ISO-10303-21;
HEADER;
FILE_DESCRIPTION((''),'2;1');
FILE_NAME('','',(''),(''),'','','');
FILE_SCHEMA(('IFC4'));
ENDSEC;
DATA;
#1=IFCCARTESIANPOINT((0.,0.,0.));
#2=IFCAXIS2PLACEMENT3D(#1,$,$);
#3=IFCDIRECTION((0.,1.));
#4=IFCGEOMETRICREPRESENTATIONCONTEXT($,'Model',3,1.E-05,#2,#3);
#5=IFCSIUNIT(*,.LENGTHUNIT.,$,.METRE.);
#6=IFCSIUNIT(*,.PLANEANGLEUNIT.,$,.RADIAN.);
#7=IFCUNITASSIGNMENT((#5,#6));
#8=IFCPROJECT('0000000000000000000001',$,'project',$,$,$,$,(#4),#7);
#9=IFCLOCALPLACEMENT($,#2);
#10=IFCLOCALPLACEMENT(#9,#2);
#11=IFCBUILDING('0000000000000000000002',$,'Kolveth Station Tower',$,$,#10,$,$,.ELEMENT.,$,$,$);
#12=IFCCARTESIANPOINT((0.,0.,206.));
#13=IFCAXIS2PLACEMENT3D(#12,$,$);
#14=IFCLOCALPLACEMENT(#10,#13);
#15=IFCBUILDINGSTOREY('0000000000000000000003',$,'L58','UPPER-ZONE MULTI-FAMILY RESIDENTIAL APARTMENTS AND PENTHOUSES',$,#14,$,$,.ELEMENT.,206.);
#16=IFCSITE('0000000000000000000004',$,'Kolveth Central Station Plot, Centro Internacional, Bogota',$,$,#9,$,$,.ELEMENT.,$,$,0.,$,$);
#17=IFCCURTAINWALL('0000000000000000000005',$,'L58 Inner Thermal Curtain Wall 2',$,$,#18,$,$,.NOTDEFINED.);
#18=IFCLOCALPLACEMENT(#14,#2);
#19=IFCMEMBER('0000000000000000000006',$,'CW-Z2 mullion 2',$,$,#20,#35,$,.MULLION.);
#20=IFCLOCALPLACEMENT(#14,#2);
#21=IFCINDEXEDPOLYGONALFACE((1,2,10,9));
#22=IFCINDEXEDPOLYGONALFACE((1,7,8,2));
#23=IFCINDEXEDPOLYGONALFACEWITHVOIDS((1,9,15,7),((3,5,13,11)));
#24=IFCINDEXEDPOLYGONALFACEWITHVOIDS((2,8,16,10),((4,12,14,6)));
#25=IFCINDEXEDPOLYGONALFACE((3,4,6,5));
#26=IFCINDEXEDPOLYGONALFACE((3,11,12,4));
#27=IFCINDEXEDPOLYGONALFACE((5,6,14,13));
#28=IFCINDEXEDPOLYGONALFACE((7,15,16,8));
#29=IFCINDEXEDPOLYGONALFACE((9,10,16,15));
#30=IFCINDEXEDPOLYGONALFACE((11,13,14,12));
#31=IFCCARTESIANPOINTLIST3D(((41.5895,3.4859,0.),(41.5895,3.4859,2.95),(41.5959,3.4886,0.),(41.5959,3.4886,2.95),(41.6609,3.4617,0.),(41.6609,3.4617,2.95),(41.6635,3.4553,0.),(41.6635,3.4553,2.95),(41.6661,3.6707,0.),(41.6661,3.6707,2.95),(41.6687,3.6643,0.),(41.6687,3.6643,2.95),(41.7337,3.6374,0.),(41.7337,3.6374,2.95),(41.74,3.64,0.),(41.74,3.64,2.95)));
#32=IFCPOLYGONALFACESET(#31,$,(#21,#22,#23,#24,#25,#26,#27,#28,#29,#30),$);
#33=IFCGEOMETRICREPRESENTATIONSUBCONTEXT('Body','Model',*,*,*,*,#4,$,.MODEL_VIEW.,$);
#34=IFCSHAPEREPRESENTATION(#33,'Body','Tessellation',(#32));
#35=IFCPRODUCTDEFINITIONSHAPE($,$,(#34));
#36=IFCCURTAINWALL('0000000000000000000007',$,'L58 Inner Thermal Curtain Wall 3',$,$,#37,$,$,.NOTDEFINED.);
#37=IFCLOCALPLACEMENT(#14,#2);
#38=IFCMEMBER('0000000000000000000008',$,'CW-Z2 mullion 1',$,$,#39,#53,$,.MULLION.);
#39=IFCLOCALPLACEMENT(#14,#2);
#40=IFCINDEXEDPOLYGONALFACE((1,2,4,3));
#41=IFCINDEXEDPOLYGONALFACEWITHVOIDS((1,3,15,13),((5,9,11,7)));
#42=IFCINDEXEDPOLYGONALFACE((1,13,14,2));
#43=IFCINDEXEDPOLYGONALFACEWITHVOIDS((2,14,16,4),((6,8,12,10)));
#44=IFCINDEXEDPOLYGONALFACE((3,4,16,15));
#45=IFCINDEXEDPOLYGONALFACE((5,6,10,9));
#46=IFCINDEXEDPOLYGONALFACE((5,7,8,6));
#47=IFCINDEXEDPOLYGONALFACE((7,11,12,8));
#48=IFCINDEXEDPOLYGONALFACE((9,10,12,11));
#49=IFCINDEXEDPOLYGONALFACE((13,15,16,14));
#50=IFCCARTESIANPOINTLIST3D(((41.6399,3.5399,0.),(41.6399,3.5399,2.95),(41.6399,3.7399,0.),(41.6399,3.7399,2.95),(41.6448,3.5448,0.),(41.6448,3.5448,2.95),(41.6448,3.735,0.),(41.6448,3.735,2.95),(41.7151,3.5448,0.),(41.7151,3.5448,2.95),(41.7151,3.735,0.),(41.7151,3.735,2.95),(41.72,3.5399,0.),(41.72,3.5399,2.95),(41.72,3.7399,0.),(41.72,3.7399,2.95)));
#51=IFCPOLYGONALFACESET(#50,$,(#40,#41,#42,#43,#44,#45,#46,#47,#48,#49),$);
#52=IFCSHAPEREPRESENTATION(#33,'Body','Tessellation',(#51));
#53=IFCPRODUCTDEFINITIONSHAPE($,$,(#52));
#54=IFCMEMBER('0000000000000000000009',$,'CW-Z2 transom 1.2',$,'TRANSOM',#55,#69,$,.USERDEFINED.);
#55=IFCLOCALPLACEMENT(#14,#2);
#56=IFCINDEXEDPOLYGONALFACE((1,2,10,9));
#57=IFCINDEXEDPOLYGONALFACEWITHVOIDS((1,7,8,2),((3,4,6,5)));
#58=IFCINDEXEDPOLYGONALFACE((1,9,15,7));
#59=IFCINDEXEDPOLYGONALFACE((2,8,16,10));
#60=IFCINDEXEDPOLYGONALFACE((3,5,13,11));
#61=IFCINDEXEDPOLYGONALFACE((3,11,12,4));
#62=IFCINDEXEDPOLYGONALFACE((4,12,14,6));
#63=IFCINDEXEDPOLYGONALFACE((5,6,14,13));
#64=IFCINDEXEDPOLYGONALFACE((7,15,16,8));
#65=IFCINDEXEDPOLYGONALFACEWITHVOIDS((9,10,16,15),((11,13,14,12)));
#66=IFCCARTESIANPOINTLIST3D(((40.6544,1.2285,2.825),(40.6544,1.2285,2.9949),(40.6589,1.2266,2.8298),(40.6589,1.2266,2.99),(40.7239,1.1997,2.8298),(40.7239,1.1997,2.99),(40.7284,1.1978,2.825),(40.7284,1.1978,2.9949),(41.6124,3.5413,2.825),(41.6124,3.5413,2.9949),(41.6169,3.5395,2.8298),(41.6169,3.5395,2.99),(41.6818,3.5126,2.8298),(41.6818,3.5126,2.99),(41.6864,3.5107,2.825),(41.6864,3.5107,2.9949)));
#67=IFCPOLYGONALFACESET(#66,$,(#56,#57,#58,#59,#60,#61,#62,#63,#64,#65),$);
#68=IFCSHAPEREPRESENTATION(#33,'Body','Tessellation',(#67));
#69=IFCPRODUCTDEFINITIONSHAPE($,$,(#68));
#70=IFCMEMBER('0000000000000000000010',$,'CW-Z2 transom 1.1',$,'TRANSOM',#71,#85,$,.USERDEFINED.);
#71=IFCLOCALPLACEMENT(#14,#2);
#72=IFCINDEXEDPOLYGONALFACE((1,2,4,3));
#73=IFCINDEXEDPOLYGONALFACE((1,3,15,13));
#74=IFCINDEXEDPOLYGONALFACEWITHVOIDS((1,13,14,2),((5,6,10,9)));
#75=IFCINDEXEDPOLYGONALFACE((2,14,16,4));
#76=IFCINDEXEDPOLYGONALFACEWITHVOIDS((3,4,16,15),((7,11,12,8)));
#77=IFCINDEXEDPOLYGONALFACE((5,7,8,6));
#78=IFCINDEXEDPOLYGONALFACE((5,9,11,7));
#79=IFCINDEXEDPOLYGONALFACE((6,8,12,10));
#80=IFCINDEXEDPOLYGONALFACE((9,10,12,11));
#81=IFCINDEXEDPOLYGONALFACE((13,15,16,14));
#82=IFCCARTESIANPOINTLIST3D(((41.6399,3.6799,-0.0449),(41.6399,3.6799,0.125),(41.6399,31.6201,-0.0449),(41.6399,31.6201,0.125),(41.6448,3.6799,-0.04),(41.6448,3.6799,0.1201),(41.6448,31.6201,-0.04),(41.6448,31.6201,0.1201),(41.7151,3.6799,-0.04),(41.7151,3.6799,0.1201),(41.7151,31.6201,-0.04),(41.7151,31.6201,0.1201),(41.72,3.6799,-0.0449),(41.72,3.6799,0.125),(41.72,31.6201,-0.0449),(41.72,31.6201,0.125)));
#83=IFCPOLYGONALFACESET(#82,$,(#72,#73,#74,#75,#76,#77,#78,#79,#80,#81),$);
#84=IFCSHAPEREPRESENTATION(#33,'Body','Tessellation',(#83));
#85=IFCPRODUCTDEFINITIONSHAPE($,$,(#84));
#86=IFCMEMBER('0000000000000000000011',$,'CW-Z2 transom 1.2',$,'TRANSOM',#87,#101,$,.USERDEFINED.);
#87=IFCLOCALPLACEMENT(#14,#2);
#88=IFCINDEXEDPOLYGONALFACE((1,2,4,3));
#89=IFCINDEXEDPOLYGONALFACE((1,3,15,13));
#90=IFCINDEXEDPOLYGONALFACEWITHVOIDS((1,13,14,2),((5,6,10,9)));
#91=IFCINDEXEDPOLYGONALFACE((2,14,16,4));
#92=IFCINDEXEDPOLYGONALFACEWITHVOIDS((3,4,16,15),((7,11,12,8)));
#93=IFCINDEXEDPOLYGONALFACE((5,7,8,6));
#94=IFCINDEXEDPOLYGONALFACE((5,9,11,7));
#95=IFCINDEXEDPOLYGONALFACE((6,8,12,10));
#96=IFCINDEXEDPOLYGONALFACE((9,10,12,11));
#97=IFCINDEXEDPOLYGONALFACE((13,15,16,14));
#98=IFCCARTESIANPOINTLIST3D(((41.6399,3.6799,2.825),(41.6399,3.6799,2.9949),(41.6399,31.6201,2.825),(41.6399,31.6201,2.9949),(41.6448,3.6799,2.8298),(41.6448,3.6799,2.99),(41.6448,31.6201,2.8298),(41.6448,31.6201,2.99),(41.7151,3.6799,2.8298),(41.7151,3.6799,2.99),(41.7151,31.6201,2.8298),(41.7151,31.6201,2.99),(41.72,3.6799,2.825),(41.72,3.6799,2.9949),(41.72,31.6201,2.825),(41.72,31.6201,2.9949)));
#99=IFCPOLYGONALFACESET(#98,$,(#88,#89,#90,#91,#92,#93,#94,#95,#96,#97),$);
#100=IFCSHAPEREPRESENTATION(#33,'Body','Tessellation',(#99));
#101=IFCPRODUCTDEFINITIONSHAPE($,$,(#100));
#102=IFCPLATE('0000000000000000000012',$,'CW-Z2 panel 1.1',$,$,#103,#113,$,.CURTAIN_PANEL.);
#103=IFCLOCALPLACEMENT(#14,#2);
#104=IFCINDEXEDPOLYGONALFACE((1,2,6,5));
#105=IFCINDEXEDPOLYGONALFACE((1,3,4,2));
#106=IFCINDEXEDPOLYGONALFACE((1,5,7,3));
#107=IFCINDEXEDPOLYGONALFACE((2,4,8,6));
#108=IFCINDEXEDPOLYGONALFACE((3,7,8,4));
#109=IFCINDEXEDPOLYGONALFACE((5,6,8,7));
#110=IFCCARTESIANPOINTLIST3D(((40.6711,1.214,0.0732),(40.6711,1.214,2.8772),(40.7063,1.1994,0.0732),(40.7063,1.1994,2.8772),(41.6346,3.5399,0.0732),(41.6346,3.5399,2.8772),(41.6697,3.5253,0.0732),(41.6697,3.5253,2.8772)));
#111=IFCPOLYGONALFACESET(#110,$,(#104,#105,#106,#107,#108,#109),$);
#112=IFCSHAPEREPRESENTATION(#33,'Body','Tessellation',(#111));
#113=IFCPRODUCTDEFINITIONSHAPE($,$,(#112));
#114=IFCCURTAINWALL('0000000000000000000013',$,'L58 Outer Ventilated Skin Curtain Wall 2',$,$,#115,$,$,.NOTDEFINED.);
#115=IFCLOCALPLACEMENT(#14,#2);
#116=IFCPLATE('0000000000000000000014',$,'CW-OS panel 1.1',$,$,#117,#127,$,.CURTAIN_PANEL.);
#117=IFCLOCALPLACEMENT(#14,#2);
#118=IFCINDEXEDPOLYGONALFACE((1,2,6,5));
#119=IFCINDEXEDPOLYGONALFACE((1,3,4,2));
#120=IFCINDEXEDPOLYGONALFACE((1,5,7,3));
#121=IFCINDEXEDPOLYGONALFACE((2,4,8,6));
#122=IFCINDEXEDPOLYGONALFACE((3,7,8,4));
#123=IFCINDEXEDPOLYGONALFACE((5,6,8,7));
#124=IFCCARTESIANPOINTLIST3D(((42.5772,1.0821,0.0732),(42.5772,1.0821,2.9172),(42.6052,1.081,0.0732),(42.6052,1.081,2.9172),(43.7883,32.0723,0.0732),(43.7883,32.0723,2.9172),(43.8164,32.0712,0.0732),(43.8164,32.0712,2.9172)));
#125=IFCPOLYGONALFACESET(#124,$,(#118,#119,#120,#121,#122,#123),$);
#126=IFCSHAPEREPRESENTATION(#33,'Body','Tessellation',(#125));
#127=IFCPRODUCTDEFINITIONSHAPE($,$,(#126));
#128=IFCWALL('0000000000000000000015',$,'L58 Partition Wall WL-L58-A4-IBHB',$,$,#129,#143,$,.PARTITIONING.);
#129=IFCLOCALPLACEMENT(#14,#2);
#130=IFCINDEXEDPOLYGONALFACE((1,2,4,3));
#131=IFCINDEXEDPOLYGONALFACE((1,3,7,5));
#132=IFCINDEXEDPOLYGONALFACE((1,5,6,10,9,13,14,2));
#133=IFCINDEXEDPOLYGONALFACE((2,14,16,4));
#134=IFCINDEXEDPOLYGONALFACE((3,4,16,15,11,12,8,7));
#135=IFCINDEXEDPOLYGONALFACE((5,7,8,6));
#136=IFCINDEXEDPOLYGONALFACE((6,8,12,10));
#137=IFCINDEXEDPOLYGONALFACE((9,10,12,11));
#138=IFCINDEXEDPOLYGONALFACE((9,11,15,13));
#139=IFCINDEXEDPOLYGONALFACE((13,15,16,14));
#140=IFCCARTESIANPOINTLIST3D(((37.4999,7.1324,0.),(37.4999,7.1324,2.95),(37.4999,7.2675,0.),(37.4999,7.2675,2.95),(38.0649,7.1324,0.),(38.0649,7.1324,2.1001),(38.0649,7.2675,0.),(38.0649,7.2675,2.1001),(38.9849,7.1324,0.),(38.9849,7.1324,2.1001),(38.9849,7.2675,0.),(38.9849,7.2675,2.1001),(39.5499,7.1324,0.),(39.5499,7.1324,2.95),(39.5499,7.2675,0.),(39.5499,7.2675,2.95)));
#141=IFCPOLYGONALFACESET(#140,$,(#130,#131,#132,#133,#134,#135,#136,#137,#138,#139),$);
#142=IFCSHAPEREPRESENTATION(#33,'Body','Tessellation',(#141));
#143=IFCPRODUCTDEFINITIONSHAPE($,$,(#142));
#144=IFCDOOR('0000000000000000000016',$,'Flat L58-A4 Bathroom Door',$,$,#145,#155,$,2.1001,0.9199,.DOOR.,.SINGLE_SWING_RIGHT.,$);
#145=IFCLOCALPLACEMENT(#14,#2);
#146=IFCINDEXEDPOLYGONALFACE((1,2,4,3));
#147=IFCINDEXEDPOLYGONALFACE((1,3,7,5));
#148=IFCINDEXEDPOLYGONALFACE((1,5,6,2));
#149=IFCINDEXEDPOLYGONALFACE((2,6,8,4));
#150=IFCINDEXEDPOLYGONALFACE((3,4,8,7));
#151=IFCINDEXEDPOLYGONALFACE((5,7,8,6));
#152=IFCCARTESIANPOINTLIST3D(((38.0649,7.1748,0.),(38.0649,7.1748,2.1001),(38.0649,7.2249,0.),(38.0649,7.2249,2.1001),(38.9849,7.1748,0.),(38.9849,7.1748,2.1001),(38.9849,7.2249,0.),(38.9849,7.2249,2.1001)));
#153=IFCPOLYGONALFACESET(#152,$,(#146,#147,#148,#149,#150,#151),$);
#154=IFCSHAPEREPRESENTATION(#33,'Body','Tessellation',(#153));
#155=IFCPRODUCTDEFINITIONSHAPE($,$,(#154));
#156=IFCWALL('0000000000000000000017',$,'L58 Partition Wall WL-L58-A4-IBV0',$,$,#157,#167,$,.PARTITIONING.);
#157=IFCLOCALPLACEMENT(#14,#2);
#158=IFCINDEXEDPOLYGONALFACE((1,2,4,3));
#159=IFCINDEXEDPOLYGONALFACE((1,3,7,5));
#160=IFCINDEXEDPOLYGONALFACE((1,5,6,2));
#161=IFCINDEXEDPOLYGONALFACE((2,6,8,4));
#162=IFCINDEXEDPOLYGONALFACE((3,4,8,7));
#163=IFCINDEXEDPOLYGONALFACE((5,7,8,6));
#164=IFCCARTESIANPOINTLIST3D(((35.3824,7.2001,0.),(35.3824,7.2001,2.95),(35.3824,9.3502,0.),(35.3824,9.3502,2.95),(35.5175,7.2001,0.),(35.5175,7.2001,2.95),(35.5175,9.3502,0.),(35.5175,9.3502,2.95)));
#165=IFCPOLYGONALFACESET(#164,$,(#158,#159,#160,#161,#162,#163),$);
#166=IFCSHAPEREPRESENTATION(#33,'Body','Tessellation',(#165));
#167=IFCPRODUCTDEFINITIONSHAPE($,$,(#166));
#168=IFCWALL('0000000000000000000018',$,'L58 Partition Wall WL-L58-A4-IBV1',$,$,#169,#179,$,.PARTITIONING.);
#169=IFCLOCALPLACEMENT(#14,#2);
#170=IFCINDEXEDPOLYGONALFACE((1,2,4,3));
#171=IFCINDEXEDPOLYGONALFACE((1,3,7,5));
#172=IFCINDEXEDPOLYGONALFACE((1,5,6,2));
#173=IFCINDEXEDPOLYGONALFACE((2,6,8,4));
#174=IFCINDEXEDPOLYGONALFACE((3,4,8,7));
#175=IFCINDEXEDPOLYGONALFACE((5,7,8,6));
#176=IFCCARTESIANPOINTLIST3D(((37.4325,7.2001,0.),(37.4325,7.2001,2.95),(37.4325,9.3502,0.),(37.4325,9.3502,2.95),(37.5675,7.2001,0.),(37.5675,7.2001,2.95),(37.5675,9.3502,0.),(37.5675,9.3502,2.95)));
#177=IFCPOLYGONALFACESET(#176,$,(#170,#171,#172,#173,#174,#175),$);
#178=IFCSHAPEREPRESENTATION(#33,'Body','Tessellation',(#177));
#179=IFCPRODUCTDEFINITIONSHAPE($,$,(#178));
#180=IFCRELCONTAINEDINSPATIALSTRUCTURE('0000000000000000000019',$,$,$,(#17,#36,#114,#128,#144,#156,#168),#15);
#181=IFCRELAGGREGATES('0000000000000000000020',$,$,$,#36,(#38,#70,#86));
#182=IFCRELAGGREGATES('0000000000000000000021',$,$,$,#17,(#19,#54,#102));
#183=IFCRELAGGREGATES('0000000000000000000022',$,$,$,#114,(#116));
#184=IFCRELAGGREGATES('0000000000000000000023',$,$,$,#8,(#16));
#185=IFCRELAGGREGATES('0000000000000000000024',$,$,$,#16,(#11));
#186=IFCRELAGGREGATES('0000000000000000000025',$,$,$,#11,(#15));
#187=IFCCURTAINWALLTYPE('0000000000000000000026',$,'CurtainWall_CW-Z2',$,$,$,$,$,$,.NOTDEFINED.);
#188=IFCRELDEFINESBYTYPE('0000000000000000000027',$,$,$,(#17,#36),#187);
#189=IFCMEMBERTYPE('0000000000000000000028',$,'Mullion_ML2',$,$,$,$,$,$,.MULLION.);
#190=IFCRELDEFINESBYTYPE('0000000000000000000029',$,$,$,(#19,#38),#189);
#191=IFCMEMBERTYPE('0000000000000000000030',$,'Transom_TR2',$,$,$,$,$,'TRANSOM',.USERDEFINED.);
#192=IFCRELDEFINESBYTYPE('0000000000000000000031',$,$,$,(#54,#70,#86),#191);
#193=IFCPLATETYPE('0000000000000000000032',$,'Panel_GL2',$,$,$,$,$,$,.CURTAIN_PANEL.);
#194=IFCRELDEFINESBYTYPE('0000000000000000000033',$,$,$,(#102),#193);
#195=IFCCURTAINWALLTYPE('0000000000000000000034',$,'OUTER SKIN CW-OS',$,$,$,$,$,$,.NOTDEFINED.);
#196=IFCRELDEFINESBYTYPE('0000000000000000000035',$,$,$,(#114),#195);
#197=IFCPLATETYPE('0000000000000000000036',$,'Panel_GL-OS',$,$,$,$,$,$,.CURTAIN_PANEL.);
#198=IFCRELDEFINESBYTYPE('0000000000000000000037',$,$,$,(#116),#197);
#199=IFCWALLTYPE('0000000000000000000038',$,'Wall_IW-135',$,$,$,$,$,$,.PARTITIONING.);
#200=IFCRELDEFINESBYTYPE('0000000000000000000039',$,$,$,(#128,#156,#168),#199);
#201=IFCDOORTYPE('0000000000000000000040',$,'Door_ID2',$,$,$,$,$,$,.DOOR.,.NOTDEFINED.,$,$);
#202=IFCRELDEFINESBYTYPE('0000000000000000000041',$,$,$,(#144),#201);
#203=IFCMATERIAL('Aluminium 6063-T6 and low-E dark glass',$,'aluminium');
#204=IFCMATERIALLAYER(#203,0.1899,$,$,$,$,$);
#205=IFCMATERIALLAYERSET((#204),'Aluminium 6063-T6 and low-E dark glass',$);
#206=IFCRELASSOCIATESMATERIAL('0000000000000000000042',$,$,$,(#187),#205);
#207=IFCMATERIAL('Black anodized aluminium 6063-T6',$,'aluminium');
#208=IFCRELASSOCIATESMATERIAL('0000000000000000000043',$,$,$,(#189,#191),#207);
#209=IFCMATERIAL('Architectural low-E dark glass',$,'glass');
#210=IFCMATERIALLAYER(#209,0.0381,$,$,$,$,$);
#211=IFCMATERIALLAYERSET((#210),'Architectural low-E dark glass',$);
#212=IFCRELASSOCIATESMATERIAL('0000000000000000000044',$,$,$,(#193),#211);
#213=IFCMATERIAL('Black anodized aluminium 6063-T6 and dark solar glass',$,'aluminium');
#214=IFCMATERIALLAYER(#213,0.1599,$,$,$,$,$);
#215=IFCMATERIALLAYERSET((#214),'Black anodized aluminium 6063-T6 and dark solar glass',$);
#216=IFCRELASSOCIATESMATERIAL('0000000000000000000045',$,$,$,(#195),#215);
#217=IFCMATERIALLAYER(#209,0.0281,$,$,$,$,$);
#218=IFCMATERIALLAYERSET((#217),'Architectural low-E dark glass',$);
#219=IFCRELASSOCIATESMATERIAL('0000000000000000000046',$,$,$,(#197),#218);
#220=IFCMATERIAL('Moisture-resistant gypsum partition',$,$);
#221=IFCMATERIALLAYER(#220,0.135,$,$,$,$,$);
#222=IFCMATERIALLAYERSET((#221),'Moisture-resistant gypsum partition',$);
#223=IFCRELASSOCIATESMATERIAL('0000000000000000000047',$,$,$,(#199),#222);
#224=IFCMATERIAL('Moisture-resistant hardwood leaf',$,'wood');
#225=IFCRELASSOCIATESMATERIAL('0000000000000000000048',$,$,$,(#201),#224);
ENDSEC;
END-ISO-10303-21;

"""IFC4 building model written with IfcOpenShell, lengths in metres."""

from ifc_helpers import new_model, si_unit, direction, frame, frame_2d, origin, origin_2d, place, context, subcontext, project, spatial, rectangle, hollow_rectangle, extrude, source, transform, mapped, material, layer, layer_set, material_profile, profile_set, type_object, element, fill, aggregate, save


model = new_model("IFC4")

# Units and contexts
model_context = context("Model", 3, precision=1e-05, world=origin(), true_north=direction((0.0, 1.0)))
body_context = subcontext(model_context, "Body", "Model", "MODEL_VIEW")
ifc_project = project(units=[si_unit("LENGTHUNIT", "METRE"), si_unit("PLANEANGLEUNIT", "RADIAN")], contexts=[model_context])

# Site, building, storey
site_placement = place(None, origin())
site = spatial("IfcSite", under=ifc_project, at=site_placement, Name="Kolveth Central Station Plot, Centro Internacional, Bogota", CompositionType="ELEMENT", RefElevation=0.0)
building_placement = place(site_placement, origin())
building = spatial("IfcBuilding", under=site, at=building_placement, Name="Kolveth Station Tower", CompositionType="ELEMENT")
storey_placement = place(building_placement, frame((0.0, 0.0, 206.0)))
storey = spatial("IfcBuildingStorey", under=building, at=storey_placement, Name="L58", Description="UPPER-ZONE MULTI-FAMILY RESIDENTIAL APARTMENTS AND PENTHOUSES", CompositionType="ELEMENT", Elevation=206.0)

# Curtain walls, members
ifc_material_1 = material(Name="Aluminium 6063-T6 and low-E dark glass", Category="aluminium")
ifc_layer_1 = layer(ifc_material_1, 0.1899)
ifc_layer_set_1 = layer_set([ifc_layer_1], Name="Aluminium 6063-T6 and low-E dark glass")
curtain_wall_type_1 = type_object("IfcCurtainWallType", Name="CurtainWall_CW-Z2", PredefinedType="NOTDEFINED", material=ifc_layer_set_1)
curtain_wall_1_placement = place(storey_placement, origin())
curtain_wall_1 = element("IfcCurtainWall", 1, at=curtain_wall_1_placement, inside=storey, type_object=curtain_wall_type_1, Name="L58 Inner Thermal Curtain Wall 2", PredefinedType="NOTDEFINED")
ifc_material_2 = material(Name="Black anodized aluminium 6063-T6", Category="aluminium")
ifc_material_profile_1 = material_profile(ifc_material_2, hollow_rectangle(XDim=0.0801, YDim=0.2, WallThickness=0.0049, at=origin_2d()), Name="ALU-80x200x5")
ifc_profile_set_1 = profile_set([ifc_material_profile_1], Name="Black anodized aluminium 6063-T6")
member_type_1 = type_object("IfcMemberType", Name="Mullion_ML2", PredefinedType="MULLION", material=ifc_profile_set_1)
shared_shape_1 = source(origin(), body_context, "Body", "SweptSolid", [
    extrude(hollow_rectangle(XDim=0.0801, YDim=0.2, WallThickness=0.0049, at=origin_2d()), origin(), (0.0, 0.0, 1.0), 2.95),
])
member_1_placement = place(storey_placement, frame((41.6648, 3.563, 0.0), z_axis=(0.0, 0.0, 1.0), x_axis=(-0.923874, 0.382698, 0.0)))
member_1 = element("IfcMember", 2, at=member_1_placement, type_object=member_type_1, Name="CW-Z2 mullion 2", PredefinedType="MULLION", context=body_context, shape_type="MappedRepresentation", body=[
    mapped(shared_shape_1, transform((0.0, 0.0, 0.0), x_axis=(1.0, 0.0, 0.0), y_axis=(0.0, 1.0, 0.0), z_axis=(0.0, 0.0, 1.0), scale=1.0)),
])
curtain_wall_2_placement = place(storey_placement, origin())
curtain_wall_2 = element("IfcCurtainWall", 3, at=curtain_wall_2_placement, inside=storey, type_object=curtain_wall_type_1, Name="L58 Inner Thermal Curtain Wall 3", PredefinedType="NOTDEFINED")
member_2_placement = place(storey_placement, frame((41.6799, 3.6399, 0.0), z_axis=(0.0, 0.0, 1.0), x_axis=(-1.0, 0.0, 0.0)))
member_2 = element("IfcMember", 4, at=member_2_placement, type_object=member_type_1, Name="CW-Z2 mullion 1", PredefinedType="MULLION", context=body_context, shape_type="MappedRepresentation", body=[
    mapped(shared_shape_1, transform((0.0, 0.0, 0.0), x_axis=(1.0, 0.0, 0.0), y_axis=(0.0, 1.0, 0.0), z_axis=(0.0, 0.0, 1.0), scale=1.0)),
])

# Members
ifc_material_profile_2 = material_profile(ifc_material_2, hollow_rectangle(XDim=0.0801, YDim=0.1699, WallThickness=0.0049, at=origin_2d()), Name="ALU-80x170x5")
ifc_profile_set_2 = profile_set([ifc_material_profile_2], Name="Black anodized aluminium 6063-T6")
member_type_2 = type_object("IfcMemberType", Name="Transom_TR2", ElementType="TRANSOM", PredefinedType="USERDEFINED", material=ifc_profile_set_2)
shared_shape_2 = source(origin(), body_context, "Body", "SweptSolid", [
    extrude(hollow_rectangle(XDim=0.0801, YDim=0.1699, WallThickness=0.0049, at=origin_2d()), origin(), (0.0, 0.0, 1.0), 2.5034),
])
member_3_placement = place(storey_placement, frame((40.6914, 1.2131, 2.9099), z_axis=(0.382662, 0.923888, 0.0), x_axis=(-0.923888, 0.382662, 0.0)))
member_3 = element("IfcMember", 5, at=member_3_placement, type_object=member_type_2, Name="CW-Z2 transom 1.2", ObjectType="TRANSOM", PredefinedType="USERDEFINED", context=body_context, shape_type="MappedRepresentation", body=[
    mapped(shared_shape_2, transform((0.0, 0.0, 0.0), x_axis=(1.0, 0.0, 0.0), y_axis=(0.0, 1.0, 0.0), z_axis=(0.0, 0.0, 1.0), scale=1.0)),
])
shared_shape_3 = source(origin(), body_context, "Body", "SweptSolid", [
    extrude(hollow_rectangle(XDim=0.0801, YDim=0.1699, WallThickness=0.0049, at=origin_2d()), origin(), (0.0, 0.0, 1.0), 27.9402),
])
member_4_placement = place(storey_placement, frame((41.6799, 3.6799, 0.04), z_axis=(0.0, 1.0, 0.0), x_axis=(-1.0, 0.0, 0.0)))
member_4 = element("IfcMember", 6, at=member_4_placement, type_object=member_type_2, Name="CW-Z2 transom 1.1", ObjectType="TRANSOM", PredefinedType="USERDEFINED", context=body_context, shape_type="MappedRepresentation", body=[
    mapped(shared_shape_3, transform((0.0, 0.0, 0.0), x_axis=(1.0, 0.0, 0.0), y_axis=(0.0, 1.0, 0.0), z_axis=(0.0, 0.0, 1.0), scale=1.0)),
])
member_5_placement = place(storey_placement, frame((41.6799, 3.6799, 2.9099), z_axis=(0.0, 1.0, 0.0), x_axis=(-1.0, 0.0, 0.0)))
member_5 = element("IfcMember", 7, at=member_5_placement, type_object=member_type_2, Name="CW-Z2 transom 1.2", ObjectType="TRANSOM", PredefinedType="USERDEFINED", context=body_context, shape_type="MappedRepresentation", body=[
    mapped(shared_shape_3, transform((0.0, 0.0, 0.0), x_axis=(1.0, 0.0, 0.0), y_axis=(0.0, 1.0, 0.0), z_axis=(0.0, 0.0, 1.0), scale=1.0)),
])
aggregate(curtain_wall_2, [member_2, member_4, member_5])

# Plate
ifc_material_3 = material(Name="Architectural low-E dark glass", Category="glass")
ifc_layer_2 = layer(ifc_material_3, 0.0381)
ifc_layer_set_2 = layer_set([ifc_layer_2], Name="Architectural low-E dark glass")
plate_type_1 = type_object("IfcPlateType", Name="Panel_GL2", PredefinedType="CURTAIN_PANEL", material=ifc_layer_set_2)
shared_shape_4 = source(origin(), body_context, "Body", "SweptSolid", [
    extrude(rectangle(XDim=2.5176, YDim=0.0381, at=origin_2d()), origin(), (0.0, 0.0, 1.0), 2.804),
])
plate_1_placement = place(storey_placement, frame((41.1704, 2.3696, 0.0732), z_axis=(0.0, 0.0, 1.0), x_axis=(0.382698, 0.923874, 0.0)))
plate_1 = element("IfcPlate", 8, at=plate_1_placement, type_object=plate_type_1, Name="CW-Z2 panel 1.1", PredefinedType="CURTAIN_PANEL", context=body_context, shape_type="MappedRepresentation", body=[
    mapped(shared_shape_4, transform((0.0, 0.0, 0.0), x_axis=(1.0, 0.0, 0.0), y_axis=(0.0, 1.0, 0.0), z_axis=(0.0, 0.0, 1.0), scale=1.0)),
])
aggregate(curtain_wall_1, [member_1, member_3, plate_1])

# Curtain wall, plate
ifc_material_4 = material(Name="Black anodized aluminium 6063-T6 and dark solar glass", Category="aluminium")
ifc_layer_3 = layer(ifc_material_4, 0.1599)
ifc_layer_set_3 = layer_set([ifc_layer_3], Name="Black anodized aluminium 6063-T6 and dark solar glass")
curtain_wall_type_2 = type_object("IfcCurtainWallType", Name="OUTER SKIN CW-OS", PredefinedType="NOTDEFINED", material=ifc_layer_set_3)
curtain_wall_3_placement = place(storey_placement, origin())
curtain_wall_3 = element("IfcCurtainWall", 9, at=curtain_wall_3_placement, inside=storey, type_object=curtain_wall_type_2, Name="L58 Outer Ventilated Skin Curtain Wall 2", PredefinedType="NOTDEFINED")
ifc_layer_4 = layer(ifc_material_3, 0.0281)
ifc_layer_set_4 = layer_set([ifc_layer_4], Name="Architectural low-E dark glass")
plate_type_2 = type_object("IfcPlateType", Name="Panel_GL-OS", PredefinedType="CURTAIN_PANEL", material=ifc_layer_set_4)
shared_shape_5 = source(origin(), body_context, "Body", "SweptSolid", [
    extrude(rectangle(XDim=31.0139, YDim=0.0281, at=origin_2d()), origin(), (0.0, 0.0, 1.0), 2.844),
])
plate_2_placement = place(storey_placement, frame((43.1968, 16.5767, 0.0732), z_axis=(0.0, 0.0, 1.0), x_axis=(0.039051, 0.999237, 0.0)))
plate_2 = element("IfcPlate", 10, at=plate_2_placement, type_object=plate_type_2, Name="CW-OS panel 1.1", PredefinedType="CURTAIN_PANEL", context=body_context, shape_type="MappedRepresentation", body=[
    mapped(shared_shape_5, transform((0.0, 0.0, 0.0), x_axis=(1.0, 0.0, 0.0), y_axis=(0.0, 1.0, 0.0), z_axis=(0.0, 0.0, 1.0), scale=1.0)),
])
aggregate(curtain_wall_3, [plate_2])

# Wall, opening, door
ifc_material_5 = material(Name="Moisture-resistant gypsum partition")
ifc_layer_5 = layer(ifc_material_5, 0.135)
ifc_layer_set_5 = layer_set([ifc_layer_5], Name="Moisture-resistant gypsum partition")
wall_type_1 = type_object("IfcWallType", Name="Wall_IW-135", PredefinedType="PARTITIONING", material=ifc_layer_set_5)
wall_1_placement = place(storey_placement, frame((37.5, 7.2, 0.0), z_axis=(0.0, 0.0, 1.0), x_axis=(1.0, 0.0, 0.0)))
wall_1 = element("IfcWall", 11, at=wall_1_placement, inside=storey, type_object=wall_type_1, Name="L58 Partition Wall WL-L58-A4-IBHB", PredefinedType="PARTITIONING", context=body_context, shape_type="SweptSolid", body=[
    extrude(rectangle(XDim=2.05, YDim=0.135, at=frame_2d((1.0249, 0.0))), origin(), (0.0, 0.0, 1.0), 2.95),
])
opening_1_placement = place(wall_1_placement, frame((0.5649, 0.0, 0.0)))
opening_1 = element("IfcOpeningElement", 12, at=opening_1_placement, cuts=wall_1, PredefinedType="OPENING", context=body_context, shape_type="SweptSolid", body=[
    extrude(rectangle(XDim=0.9199, YDim=2.1001, at=frame_2d((0.46, 1.05))), frame((0.0, 0.0774, 0.0), z_axis=(0.0, -1.0, 0.0), x_axis=(1.0, 0.0, 0.0)), (0.0, 0.0, 1.0), 0.155),
])
ifc_material_6 = material(Name="Moisture-resistant hardwood leaf", Category="wood")
door_type_1 = type_object("IfcDoorType", Name="Door_ID2", OperationType="NOTDEFINED", PredefinedType="DOOR", material=ifc_material_6)
door_1_placement = place(opening_1_placement, origin())
door_1 = element("IfcDoor", 13, at=door_1_placement, inside=storey, type_object=door_type_1, Name="Flat L58-A4 Bathroom Door", OperationType="SINGLE_SWING_RIGHT", OverallHeight=2.1001, OverallWidth=0.9199, PredefinedType="DOOR", context=body_context, shape_type="SweptSolid", body=[
    extrude(rectangle(XDim=0.9199, YDim=2.1001, at=frame_2d((0.46, 1.05))), frame((0.0, 0.0249, 0.0), z_axis=(0.0, -1.0, 0.0), x_axis=(1.0, 0.0, 0.0)), (0.0, 0.0, 1.0), 0.05),
])
fill(opening_1, door_1)

# Walls
for number, where, z_axis, x_axis, name in (
    (14, (35.45, 7.2, 0.0), (0.0, 0.0, 1.0), (0.0, 1.0, 0.0), "L58 Partition Wall WL-L58-A4-IBV0"),
    (15, (37.5, 7.2, 0.0), (0.0, 0.0, 1.0), (0.0, 1.0, 0.0), "L58 Partition Wall WL-L58-A4-IBV1"),
):
    element("IfcWall", number, at=place(storey_placement, frame(where, z_axis=z_axis, x_axis=x_axis)), inside=storey, type_object=wall_type_1, Name=name, PredefinedType="PARTITIONING", context=body_context, shape_type="SweptSolid", body=[
        extrude(rectangle(XDim=2.1501, YDim=0.135, at=frame_2d((1.0752, 0.0))), origin(), (0.0, 0.0, 1.0), 2.95),
    ])

save(model, "model.ifc")
